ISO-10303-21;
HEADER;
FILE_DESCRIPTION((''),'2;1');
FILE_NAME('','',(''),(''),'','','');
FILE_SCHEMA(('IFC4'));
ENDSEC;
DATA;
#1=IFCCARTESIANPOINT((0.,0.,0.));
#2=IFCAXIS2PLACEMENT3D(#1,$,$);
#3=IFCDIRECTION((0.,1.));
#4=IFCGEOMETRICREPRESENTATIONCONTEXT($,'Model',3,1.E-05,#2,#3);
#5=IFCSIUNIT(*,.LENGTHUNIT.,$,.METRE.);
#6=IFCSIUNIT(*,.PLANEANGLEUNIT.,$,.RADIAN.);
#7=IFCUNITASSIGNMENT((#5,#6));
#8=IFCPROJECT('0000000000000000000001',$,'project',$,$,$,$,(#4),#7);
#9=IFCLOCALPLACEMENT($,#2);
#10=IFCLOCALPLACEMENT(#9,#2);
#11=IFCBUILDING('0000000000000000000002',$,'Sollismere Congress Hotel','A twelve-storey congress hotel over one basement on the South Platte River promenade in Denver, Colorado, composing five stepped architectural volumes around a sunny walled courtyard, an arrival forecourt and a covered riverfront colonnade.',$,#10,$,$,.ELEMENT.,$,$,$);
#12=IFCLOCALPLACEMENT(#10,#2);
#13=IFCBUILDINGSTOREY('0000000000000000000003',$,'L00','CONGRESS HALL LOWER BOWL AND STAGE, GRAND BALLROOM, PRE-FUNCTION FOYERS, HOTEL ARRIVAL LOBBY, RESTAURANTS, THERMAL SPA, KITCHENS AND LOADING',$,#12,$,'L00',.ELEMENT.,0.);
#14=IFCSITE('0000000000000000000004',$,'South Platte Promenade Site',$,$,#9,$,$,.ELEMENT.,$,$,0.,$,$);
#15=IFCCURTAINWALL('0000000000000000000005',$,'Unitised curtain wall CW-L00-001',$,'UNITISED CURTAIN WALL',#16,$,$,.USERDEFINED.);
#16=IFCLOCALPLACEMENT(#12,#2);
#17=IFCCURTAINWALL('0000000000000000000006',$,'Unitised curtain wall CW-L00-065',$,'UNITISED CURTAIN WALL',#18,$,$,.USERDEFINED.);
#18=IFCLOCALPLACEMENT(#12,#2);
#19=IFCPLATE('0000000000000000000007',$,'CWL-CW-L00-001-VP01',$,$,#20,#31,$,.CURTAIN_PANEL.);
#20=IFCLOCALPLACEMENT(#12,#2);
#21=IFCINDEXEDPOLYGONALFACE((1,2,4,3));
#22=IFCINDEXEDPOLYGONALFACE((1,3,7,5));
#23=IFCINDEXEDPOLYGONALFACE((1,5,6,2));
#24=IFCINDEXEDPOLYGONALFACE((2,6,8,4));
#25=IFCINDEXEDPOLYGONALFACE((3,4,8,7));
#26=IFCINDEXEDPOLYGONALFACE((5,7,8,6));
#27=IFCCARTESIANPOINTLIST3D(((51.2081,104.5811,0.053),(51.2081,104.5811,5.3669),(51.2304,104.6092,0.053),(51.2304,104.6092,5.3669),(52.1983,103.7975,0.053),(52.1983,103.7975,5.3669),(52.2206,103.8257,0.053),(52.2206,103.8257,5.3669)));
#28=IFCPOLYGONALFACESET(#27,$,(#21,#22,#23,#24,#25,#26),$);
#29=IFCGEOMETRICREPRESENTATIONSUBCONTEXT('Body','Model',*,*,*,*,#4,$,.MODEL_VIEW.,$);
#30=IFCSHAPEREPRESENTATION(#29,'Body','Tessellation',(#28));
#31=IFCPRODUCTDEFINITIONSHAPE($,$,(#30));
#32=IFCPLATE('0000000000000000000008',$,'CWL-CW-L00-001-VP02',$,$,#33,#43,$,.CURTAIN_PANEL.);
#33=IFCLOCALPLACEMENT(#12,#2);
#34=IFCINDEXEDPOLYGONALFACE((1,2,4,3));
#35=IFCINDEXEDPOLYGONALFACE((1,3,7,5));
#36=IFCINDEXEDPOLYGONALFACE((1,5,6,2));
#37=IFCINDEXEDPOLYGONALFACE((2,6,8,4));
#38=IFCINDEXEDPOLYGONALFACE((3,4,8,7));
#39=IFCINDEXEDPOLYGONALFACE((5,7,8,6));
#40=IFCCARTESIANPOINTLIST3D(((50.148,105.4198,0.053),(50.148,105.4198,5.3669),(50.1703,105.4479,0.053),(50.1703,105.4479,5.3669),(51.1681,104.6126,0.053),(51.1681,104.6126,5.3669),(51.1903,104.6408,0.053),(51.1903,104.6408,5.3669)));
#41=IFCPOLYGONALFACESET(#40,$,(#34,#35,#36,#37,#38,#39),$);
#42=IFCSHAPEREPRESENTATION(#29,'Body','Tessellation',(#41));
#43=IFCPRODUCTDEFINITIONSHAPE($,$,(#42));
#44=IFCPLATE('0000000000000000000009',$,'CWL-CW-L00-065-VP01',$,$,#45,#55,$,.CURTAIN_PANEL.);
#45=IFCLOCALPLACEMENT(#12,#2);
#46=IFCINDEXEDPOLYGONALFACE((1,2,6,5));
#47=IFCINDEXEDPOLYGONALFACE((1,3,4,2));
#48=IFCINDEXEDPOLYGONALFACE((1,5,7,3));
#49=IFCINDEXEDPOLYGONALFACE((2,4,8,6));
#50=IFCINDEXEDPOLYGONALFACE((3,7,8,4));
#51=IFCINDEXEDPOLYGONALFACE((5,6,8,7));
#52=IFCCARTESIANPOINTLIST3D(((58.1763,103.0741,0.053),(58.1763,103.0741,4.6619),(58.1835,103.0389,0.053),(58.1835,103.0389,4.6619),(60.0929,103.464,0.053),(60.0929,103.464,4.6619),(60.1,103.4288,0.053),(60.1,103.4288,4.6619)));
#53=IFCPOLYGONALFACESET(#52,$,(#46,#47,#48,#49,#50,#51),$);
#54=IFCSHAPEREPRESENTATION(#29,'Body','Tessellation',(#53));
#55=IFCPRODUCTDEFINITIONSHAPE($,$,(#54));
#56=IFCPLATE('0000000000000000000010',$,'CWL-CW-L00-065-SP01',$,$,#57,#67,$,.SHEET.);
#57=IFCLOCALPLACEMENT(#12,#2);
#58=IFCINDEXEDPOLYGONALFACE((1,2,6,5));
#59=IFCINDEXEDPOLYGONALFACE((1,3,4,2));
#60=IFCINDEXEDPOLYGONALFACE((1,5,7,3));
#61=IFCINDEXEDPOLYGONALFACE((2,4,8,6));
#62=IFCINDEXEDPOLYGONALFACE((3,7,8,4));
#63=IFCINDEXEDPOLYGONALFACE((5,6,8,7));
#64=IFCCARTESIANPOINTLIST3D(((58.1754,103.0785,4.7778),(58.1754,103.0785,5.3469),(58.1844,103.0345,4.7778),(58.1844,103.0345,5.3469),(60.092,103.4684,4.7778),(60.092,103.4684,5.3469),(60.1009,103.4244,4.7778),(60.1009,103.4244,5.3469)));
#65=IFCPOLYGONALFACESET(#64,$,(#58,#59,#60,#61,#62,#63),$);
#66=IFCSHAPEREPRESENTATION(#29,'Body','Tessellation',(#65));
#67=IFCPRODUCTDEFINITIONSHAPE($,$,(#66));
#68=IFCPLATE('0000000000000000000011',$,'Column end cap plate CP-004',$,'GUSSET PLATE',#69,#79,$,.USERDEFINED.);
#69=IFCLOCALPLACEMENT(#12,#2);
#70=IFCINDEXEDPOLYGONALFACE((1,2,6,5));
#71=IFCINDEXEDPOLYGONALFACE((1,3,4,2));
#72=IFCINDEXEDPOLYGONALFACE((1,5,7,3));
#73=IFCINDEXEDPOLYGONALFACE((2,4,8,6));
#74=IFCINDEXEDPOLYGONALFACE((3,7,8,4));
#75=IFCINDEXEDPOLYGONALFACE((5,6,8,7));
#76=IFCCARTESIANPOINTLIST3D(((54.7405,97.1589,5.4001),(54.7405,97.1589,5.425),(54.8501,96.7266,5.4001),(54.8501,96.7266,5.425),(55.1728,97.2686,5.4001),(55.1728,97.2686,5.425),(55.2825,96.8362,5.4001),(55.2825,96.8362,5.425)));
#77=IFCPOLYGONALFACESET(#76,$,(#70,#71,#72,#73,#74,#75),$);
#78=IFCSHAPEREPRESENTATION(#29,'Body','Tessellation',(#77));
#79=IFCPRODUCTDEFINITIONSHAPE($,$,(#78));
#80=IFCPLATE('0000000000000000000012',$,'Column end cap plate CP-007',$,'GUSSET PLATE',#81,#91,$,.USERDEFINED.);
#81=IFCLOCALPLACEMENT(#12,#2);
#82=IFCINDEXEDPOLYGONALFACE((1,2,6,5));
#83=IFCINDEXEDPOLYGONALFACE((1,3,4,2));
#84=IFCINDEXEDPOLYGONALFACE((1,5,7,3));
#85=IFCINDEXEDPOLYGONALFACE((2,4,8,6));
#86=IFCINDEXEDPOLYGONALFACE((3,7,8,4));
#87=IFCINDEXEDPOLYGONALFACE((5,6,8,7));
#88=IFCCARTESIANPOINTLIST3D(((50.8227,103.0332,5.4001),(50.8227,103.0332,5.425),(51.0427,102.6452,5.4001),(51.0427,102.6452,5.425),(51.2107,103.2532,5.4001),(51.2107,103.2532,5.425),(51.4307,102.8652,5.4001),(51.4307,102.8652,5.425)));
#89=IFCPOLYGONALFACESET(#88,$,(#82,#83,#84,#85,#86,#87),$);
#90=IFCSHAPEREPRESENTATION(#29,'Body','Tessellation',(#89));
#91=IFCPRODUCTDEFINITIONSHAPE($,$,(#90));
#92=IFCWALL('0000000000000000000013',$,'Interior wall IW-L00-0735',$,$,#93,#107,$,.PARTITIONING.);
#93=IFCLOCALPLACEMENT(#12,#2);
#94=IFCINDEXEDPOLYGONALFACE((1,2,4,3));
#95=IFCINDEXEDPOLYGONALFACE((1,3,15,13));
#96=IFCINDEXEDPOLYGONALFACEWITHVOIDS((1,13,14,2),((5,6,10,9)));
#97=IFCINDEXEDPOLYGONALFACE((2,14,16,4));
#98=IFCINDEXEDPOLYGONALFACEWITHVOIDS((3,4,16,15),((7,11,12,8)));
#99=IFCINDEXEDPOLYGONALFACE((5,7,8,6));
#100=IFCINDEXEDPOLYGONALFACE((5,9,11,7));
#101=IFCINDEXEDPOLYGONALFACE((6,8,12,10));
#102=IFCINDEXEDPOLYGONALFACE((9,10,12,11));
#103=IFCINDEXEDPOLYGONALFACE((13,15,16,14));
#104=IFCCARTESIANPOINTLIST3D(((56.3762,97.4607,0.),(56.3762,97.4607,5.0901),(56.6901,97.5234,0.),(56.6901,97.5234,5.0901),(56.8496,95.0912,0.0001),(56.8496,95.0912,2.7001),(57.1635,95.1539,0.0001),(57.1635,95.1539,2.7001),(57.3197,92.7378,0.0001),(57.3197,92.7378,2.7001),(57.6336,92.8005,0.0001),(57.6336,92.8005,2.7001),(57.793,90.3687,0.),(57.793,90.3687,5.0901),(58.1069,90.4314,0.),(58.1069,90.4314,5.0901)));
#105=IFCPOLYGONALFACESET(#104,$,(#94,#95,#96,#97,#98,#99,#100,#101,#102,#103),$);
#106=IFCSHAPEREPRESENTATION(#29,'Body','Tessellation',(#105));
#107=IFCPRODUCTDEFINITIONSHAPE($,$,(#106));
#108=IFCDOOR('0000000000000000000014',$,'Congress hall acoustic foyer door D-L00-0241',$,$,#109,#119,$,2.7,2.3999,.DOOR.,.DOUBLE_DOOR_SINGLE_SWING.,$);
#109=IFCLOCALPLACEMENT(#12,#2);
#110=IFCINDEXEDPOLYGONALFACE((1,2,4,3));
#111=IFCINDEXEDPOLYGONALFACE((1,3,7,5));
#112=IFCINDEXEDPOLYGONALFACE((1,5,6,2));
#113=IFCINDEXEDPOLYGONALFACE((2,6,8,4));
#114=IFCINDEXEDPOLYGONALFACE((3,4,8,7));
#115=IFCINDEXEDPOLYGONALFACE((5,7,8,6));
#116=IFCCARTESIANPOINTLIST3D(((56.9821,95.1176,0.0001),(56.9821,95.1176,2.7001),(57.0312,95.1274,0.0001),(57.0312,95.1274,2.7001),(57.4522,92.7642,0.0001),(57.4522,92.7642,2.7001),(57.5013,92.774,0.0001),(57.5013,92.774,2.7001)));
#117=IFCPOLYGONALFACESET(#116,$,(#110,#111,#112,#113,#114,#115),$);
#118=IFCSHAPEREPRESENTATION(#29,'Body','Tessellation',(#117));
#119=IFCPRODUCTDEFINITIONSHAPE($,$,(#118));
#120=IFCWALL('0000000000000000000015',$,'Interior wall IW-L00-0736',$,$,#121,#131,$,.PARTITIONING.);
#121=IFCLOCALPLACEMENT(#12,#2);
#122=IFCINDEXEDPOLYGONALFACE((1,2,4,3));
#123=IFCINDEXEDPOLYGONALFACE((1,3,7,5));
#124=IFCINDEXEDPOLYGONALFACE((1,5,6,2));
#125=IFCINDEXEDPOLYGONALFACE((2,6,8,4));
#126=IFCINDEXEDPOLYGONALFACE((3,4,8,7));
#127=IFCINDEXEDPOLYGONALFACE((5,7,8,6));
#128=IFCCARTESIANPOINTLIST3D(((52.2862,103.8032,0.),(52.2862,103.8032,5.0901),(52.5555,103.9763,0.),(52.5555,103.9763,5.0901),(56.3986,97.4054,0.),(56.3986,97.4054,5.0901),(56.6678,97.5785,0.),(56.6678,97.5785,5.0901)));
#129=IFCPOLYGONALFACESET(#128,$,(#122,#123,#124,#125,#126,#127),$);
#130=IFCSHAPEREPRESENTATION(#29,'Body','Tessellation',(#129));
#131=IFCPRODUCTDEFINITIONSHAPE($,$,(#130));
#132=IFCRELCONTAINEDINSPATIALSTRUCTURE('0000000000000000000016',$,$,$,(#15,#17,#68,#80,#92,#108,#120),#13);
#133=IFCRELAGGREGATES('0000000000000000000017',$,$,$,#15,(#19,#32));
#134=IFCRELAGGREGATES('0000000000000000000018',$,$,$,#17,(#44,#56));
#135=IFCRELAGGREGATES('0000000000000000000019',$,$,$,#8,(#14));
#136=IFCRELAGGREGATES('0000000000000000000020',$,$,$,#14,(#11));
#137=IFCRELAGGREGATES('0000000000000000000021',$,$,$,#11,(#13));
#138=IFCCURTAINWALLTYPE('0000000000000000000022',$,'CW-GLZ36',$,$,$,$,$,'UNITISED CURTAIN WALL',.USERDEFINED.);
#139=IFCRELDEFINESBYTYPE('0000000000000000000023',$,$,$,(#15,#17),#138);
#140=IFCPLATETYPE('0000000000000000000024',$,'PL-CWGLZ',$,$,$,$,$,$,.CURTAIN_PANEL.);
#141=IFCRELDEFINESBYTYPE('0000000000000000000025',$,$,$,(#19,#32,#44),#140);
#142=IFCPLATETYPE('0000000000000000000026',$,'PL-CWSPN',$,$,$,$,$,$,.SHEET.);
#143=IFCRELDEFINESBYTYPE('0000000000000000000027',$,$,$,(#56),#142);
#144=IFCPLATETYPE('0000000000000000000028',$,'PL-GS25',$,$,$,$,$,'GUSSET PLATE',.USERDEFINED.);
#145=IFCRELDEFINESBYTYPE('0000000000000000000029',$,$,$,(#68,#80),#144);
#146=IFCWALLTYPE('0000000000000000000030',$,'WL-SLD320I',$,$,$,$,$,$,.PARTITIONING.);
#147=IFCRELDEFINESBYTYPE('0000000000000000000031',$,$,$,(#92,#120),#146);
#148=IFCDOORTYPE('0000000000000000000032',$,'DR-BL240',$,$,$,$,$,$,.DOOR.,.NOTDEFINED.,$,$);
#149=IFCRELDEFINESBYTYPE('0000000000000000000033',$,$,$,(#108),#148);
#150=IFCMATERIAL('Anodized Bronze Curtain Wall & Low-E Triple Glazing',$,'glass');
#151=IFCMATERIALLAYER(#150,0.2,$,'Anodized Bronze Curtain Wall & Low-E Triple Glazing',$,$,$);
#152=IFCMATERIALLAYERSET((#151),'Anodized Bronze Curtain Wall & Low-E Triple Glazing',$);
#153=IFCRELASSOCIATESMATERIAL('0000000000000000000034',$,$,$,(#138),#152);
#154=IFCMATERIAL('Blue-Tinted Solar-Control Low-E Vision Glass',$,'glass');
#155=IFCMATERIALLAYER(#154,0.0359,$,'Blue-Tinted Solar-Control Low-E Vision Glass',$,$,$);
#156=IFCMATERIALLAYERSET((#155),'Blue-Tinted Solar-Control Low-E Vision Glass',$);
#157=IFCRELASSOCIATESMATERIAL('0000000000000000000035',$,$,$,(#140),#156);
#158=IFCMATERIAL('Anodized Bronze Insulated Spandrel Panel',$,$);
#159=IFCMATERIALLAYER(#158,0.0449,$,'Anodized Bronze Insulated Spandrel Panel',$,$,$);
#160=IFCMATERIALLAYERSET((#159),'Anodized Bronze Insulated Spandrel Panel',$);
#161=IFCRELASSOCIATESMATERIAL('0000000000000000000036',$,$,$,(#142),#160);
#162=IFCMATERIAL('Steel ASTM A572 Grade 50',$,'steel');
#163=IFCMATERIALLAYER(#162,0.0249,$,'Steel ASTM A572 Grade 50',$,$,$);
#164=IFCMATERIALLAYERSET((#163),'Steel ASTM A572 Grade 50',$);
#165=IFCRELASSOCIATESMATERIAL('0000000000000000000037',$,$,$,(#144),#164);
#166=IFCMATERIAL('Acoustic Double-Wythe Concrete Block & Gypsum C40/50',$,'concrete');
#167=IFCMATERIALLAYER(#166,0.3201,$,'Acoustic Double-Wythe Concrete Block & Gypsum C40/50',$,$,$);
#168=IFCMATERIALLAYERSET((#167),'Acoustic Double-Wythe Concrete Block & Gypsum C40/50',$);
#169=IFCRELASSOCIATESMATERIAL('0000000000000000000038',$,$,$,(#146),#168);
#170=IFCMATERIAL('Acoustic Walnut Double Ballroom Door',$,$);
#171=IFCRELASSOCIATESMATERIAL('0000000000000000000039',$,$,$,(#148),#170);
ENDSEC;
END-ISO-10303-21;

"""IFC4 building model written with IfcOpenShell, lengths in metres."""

from ifc_helpers import new_model, si_unit, direction, frame, frame_2d, origin, origin_2d, place, context, subcontext, project, spatial, rectangle, extrude, material, layer, layer_set, type_object, element, fill, aggregate, save


model = new_model("IFC4")

# Units and contexts
model_context = context("Model", 3, precision=1e-05, world=origin(), true_north=direction((0.0, 1.0)))
body_context = subcontext(model_context, "Body", "Model", "MODEL_VIEW")
ifc_project = project(units=[si_unit("LENGTHUNIT", "METRE"), si_unit("PLANEANGLEUNIT", "RADIAN")], contexts=[model_context])

# Site, building, storey
site_placement = place(None, origin())
site = spatial("IfcSite", under=ifc_project, at=site_placement, Name="South Platte Promenade Site", CompositionType="ELEMENT", RefElevation=0.0)
building_placement = place(site_placement, origin())
building = spatial("IfcBuilding", under=site, at=building_placement, Name="Sollismere Congress Hotel", Description="A twelve-storey congress hotel over one basement on the South Platte River promenade in Denver, Colorado, composing five stepped architectural volumes around a sunny walled courtyard, an arrival forecourt and a covered riverfront colonnade.", CompositionType="ELEMENT")
storey_placement = place(building_placement, origin())
storey = spatial("IfcBuildingStorey", under=building, at=storey_placement, Name="L00", Description="CONGRESS HALL LOWER BOWL AND STAGE, GRAND BALLROOM, PRE-FUNCTION FOYERS, HOTEL ARRIVAL LOBBY, RESTAURANTS, THERMAL SPA, KITCHENS AND LOADING", LongName="L00", CompositionType="ELEMENT", Elevation=0.0)

# Curtain walls
ifc_material_1 = material(Name="Anodized Bronze Curtain Wall & Low-E Triple Glazing", Category="glass")
ifc_layer_1 = layer(ifc_material_1, 0.2, Name="Anodized Bronze Curtain Wall & Low-E Triple Glazing")
ifc_layer_set_1 = layer_set([ifc_layer_1], Name="Anodized Bronze Curtain Wall & Low-E Triple Glazing")
curtain_wall_type = type_object("IfcCurtainWallType", Name="CW-GLZ36", ElementType="UNITISED CURTAIN WALL", PredefinedType="USERDEFINED", material=ifc_layer_set_1)
curtain_wall_1_placement = place(storey_placement, origin())
curtain_wall_1 = element("IfcCurtainWall", 1, at=curtain_wall_1_placement, inside=storey, type_object=curtain_wall_type, Name="Unitised curtain wall CW-L00-001", ObjectType="UNITISED CURTAIN WALL", PredefinedType="USERDEFINED")
curtain_wall_2_placement = place(storey_placement, origin())
curtain_wall_2 = element("IfcCurtainWall", 2, at=curtain_wall_2_placement, inside=storey, type_object=curtain_wall_type, Name="Unitised curtain wall CW-L00-065", ObjectType="UNITISED CURTAIN WALL", PredefinedType="USERDEFINED")

# Plates
ifc_material_2 = material(Name="Blue-Tinted Solar-Control Low-E Vision Glass", Category="glass")
ifc_layer_2 = layer(ifc_material_2, 0.0359, Name="Blue-Tinted Solar-Control Low-E Vision Glass")
ifc_layer_set_2 = layer_set([ifc_layer_2], Name="Blue-Tinted Solar-Control Low-E Vision Glass")
plate_type_1 = type_object("IfcPlateType", Name="PL-CWGLZ", PredefinedType="CURTAIN_PANEL", material=ifc_layer_set_2)
plate_1_placement = place(storey_placement, frame((51.7144, 104.2034, 0.053), z_axis=(0.0, 0.0, 1.0), x_axis=(-0.784181, 0.620532, 0.0)))
plate_1 = element("IfcPlate", 3, at=plate_1_placement, type_object=plate_type_1, Name="CWL-CW-L00-001-VP01", PredefinedType="CURTAIN_PANEL", context=body_context, shape_type="SweptSolid", body=[
    extrude(rectangle(XDim=1.2627, YDim=0.0359, at=origin_2d()), origin(), (0.0, 0.0, 1.0), 5.314),
])
plate_2_placement = place(storey_placement, frame((50.6692, 105.0303, 0.053), z_axis=(0.0, 0.0, 1.0), x_axis=(-0.784181, 0.620532, 0.0)))
plate_2 = element("IfcPlate", 4, at=plate_2_placement, type_object=plate_type_1, Name="CWL-CW-L00-001-VP02", PredefinedType="CURTAIN_PANEL", context=body_context, shape_type="SweptSolid", body=[
    extrude(rectangle(XDim=1.3008, YDim=0.0359, at=origin_2d()), origin(), (0.0, 0.0, 1.0), 5.314),
])
aggregate(curtain_wall_1, [plate_1, plate_2])
plate_3_placement = place(storey_placement, frame((59.1382, 103.2515, 0.053), z_axis=(0.0, 0.0, 1.0), x_axis=(0.979925, 0.199368, 0.0)))
plate_3 = element("IfcPlate", 5, at=plate_3_placement, type_object=plate_type_1, Name="CWL-CW-L00-065-VP01", PredefinedType="CURTAIN_PANEL", context=body_context, shape_type="SweptSolid", body=[
    extrude(rectangle(XDim=1.9558, YDim=0.0359, at=origin_2d()), origin(), (0.0, 0.0, 1.0), 4.6089),
])
ifc_material_3 = material(Name="Anodized Bronze Insulated Spandrel Panel")
ifc_layer_3 = layer(ifc_material_3, 0.0449, Name="Anodized Bronze Insulated Spandrel Panel")
ifc_layer_set_3 = layer_set([ifc_layer_3], Name="Anodized Bronze Insulated Spandrel Panel")
plate_type_2 = type_object("IfcPlateType", Name="PL-CWSPN", PredefinedType="SHEET", material=ifc_layer_set_3)
plate_4_placement = place(storey_placement, frame((59.1382, 103.2515, 4.7778), z_axis=(0.0, 0.0, 1.0), x_axis=(0.979925, 0.199368, 0.0)))
plate_4 = element("IfcPlate", 6, at=plate_4_placement, type_object=plate_type_2, Name="CWL-CW-L00-065-SP01", PredefinedType="SHEET", context=body_context, shape_type="SweptSolid", body=[
    extrude(rectangle(XDim=1.9558, YDim=0.0449, at=origin_2d()), origin(), (0.0, 0.0, 1.0), 0.5691),
])
aggregate(curtain_wall_2, [plate_3, plate_4])

# Plates
ifc_material_4 = material(Name="Steel ASTM A572 Grade 50", Category="steel")
ifc_layer_4 = layer(ifc_material_4, 0.0249, Name="Steel ASTM A572 Grade 50")
ifc_layer_set_4 = layer_set([ifc_layer_4], Name="Steel ASTM A572 Grade 50")
plate_type_3 = type_object("IfcPlateType", Name="PL-GS25", ElementType="GUSSET PLATE", PredefinedType="USERDEFINED", material=ifc_layer_set_4)
for number, where, z_axis, x_axis, name in (
    (7, (55.0115, 96.9976, 5.4001), (0.0, 0.0, 1.0), (0.969317, 0.245815, 0.0), "Column end cap plate CP-004"),
    (8, (51.1267, 102.9492, 5.4001), (0.0, 0.0, 1.0), (0.86984, 0.493335, 0.0), "Column end cap plate CP-007"),
):
    element("IfcPlate", number, at=place(storey_placement, frame(where, z_axis=z_axis, x_axis=x_axis)), inside=storey, type_object=plate_type_3, Name=name, ObjectType="GUSSET PLATE", PredefinedType="USERDEFINED", context=body_context, shape_type="SweptSolid", body=[
        extrude(rectangle(XDim=0.446, YDim=0.446, at=origin_2d()), origin(), (0.0, 0.0, 1.0), 0.0249),
    ])

# Wall, opening, door
ifc_material_5 = material(Name="Acoustic Double-Wythe Concrete Block & Gypsum C40/50", Category="concrete")
ifc_layer_5 = layer(ifc_material_5, 0.3201, Name="Acoustic Double-Wythe Concrete Block & Gypsum C40/50")
ifc_layer_set_5 = layer_set([ifc_layer_5], Name="Acoustic Double-Wythe Concrete Block & Gypsum C40/50")
wall_type = type_object("IfcWallType", Name="WL-SLD320I", PredefinedType="PARTITIONING", material=ifc_layer_set_5)
wall_1_placement = place(storey_placement, frame((57.95, 90.3999, 0.0), z_axis=(0.0, 0.0, 1.0), x_axis=(-0.195895, 0.980625, 0.0)))
wall_1 = element("IfcWall", 9, at=wall_1_placement, inside=storey, type_object=wall_type, Name="Interior wall IW-L00-0735", PredefinedType="PARTITIONING", context=body_context, shape_type="SweptSolid", body=[
    extrude(rectangle(XDim=7.2322, YDim=0.3201, at=frame_2d((3.6162, 0.0))), origin(), (0.0, 0.0, 1.0), 5.0901),
])
opening_placement = place(wall_1_placement, frame((2.416, 0.0, 0.0)))
opening = element("IfcOpeningElement", 10, at=opening_placement, cuts=wall_1, PredefinedType="OPENING", context=body_context, shape_type="SweptSolid", body=[
    extrude(rectangle(XDim=2.3999, YDim=2.7, at=frame_2d((1.2, 1.3501))), frame((0.0, 0.1699, 0.0), z_axis=(0.0, -1.0, 0.0), x_axis=(1.0, 0.0, 0.0)), (0.0, 0.0, 1.0), 0.3401),
])
ifc_material_6 = material(Name="Acoustic Walnut Double Ballroom Door")
door_type = type_object("IfcDoorType", Name="DR-BL240", OperationType="NOTDEFINED", PredefinedType="DOOR", material=ifc_material_6)
door_placement = place(opening_placement, origin())
door = element("IfcDoor", 11, at=door_placement, inside=storey, type_object=door_type, Name="Congress hall acoustic foyer door D-L00-0241", OperationType="DOUBLE_DOOR_SINGLE_SWING", OverallHeight=2.7, OverallWidth=2.3999, PredefinedType="DOOR", context=body_context, shape_type="SweptSolid", body=[
    extrude(rectangle(XDim=2.3999, YDim=2.7, at=frame_2d((1.2, 1.3501))), frame((0.0, 0.0249, 0.0), z_axis=(0.0, -1.0, 0.0), x_axis=(1.0, 0.0, 0.0)), (0.0, 0.0, 1.0), 0.05),
])
fill(opening, door)

# Wall
wall_2_placement = place(storey_placement, frame((56.5332, 97.4919, 0.0), z_axis=(0.0, 0.0, 1.0), x_axis=(-0.540711, 0.841209, 0.0)))
element("IfcWall", 12, at=wall_2_placement, inside=storey, type_object=wall_type, Name="Interior wall IW-L00-0736", PredefinedType="PARTITIONING", context=body_context, shape_type="SweptSolid", body=[
    extrude(rectangle(XDim=7.6055, YDim=0.3201, at=frame_2d((3.8027, 0.0))), origin(), (0.0, 0.0, 1.0), 5.0901),
])

save(model, "model.ifc")
